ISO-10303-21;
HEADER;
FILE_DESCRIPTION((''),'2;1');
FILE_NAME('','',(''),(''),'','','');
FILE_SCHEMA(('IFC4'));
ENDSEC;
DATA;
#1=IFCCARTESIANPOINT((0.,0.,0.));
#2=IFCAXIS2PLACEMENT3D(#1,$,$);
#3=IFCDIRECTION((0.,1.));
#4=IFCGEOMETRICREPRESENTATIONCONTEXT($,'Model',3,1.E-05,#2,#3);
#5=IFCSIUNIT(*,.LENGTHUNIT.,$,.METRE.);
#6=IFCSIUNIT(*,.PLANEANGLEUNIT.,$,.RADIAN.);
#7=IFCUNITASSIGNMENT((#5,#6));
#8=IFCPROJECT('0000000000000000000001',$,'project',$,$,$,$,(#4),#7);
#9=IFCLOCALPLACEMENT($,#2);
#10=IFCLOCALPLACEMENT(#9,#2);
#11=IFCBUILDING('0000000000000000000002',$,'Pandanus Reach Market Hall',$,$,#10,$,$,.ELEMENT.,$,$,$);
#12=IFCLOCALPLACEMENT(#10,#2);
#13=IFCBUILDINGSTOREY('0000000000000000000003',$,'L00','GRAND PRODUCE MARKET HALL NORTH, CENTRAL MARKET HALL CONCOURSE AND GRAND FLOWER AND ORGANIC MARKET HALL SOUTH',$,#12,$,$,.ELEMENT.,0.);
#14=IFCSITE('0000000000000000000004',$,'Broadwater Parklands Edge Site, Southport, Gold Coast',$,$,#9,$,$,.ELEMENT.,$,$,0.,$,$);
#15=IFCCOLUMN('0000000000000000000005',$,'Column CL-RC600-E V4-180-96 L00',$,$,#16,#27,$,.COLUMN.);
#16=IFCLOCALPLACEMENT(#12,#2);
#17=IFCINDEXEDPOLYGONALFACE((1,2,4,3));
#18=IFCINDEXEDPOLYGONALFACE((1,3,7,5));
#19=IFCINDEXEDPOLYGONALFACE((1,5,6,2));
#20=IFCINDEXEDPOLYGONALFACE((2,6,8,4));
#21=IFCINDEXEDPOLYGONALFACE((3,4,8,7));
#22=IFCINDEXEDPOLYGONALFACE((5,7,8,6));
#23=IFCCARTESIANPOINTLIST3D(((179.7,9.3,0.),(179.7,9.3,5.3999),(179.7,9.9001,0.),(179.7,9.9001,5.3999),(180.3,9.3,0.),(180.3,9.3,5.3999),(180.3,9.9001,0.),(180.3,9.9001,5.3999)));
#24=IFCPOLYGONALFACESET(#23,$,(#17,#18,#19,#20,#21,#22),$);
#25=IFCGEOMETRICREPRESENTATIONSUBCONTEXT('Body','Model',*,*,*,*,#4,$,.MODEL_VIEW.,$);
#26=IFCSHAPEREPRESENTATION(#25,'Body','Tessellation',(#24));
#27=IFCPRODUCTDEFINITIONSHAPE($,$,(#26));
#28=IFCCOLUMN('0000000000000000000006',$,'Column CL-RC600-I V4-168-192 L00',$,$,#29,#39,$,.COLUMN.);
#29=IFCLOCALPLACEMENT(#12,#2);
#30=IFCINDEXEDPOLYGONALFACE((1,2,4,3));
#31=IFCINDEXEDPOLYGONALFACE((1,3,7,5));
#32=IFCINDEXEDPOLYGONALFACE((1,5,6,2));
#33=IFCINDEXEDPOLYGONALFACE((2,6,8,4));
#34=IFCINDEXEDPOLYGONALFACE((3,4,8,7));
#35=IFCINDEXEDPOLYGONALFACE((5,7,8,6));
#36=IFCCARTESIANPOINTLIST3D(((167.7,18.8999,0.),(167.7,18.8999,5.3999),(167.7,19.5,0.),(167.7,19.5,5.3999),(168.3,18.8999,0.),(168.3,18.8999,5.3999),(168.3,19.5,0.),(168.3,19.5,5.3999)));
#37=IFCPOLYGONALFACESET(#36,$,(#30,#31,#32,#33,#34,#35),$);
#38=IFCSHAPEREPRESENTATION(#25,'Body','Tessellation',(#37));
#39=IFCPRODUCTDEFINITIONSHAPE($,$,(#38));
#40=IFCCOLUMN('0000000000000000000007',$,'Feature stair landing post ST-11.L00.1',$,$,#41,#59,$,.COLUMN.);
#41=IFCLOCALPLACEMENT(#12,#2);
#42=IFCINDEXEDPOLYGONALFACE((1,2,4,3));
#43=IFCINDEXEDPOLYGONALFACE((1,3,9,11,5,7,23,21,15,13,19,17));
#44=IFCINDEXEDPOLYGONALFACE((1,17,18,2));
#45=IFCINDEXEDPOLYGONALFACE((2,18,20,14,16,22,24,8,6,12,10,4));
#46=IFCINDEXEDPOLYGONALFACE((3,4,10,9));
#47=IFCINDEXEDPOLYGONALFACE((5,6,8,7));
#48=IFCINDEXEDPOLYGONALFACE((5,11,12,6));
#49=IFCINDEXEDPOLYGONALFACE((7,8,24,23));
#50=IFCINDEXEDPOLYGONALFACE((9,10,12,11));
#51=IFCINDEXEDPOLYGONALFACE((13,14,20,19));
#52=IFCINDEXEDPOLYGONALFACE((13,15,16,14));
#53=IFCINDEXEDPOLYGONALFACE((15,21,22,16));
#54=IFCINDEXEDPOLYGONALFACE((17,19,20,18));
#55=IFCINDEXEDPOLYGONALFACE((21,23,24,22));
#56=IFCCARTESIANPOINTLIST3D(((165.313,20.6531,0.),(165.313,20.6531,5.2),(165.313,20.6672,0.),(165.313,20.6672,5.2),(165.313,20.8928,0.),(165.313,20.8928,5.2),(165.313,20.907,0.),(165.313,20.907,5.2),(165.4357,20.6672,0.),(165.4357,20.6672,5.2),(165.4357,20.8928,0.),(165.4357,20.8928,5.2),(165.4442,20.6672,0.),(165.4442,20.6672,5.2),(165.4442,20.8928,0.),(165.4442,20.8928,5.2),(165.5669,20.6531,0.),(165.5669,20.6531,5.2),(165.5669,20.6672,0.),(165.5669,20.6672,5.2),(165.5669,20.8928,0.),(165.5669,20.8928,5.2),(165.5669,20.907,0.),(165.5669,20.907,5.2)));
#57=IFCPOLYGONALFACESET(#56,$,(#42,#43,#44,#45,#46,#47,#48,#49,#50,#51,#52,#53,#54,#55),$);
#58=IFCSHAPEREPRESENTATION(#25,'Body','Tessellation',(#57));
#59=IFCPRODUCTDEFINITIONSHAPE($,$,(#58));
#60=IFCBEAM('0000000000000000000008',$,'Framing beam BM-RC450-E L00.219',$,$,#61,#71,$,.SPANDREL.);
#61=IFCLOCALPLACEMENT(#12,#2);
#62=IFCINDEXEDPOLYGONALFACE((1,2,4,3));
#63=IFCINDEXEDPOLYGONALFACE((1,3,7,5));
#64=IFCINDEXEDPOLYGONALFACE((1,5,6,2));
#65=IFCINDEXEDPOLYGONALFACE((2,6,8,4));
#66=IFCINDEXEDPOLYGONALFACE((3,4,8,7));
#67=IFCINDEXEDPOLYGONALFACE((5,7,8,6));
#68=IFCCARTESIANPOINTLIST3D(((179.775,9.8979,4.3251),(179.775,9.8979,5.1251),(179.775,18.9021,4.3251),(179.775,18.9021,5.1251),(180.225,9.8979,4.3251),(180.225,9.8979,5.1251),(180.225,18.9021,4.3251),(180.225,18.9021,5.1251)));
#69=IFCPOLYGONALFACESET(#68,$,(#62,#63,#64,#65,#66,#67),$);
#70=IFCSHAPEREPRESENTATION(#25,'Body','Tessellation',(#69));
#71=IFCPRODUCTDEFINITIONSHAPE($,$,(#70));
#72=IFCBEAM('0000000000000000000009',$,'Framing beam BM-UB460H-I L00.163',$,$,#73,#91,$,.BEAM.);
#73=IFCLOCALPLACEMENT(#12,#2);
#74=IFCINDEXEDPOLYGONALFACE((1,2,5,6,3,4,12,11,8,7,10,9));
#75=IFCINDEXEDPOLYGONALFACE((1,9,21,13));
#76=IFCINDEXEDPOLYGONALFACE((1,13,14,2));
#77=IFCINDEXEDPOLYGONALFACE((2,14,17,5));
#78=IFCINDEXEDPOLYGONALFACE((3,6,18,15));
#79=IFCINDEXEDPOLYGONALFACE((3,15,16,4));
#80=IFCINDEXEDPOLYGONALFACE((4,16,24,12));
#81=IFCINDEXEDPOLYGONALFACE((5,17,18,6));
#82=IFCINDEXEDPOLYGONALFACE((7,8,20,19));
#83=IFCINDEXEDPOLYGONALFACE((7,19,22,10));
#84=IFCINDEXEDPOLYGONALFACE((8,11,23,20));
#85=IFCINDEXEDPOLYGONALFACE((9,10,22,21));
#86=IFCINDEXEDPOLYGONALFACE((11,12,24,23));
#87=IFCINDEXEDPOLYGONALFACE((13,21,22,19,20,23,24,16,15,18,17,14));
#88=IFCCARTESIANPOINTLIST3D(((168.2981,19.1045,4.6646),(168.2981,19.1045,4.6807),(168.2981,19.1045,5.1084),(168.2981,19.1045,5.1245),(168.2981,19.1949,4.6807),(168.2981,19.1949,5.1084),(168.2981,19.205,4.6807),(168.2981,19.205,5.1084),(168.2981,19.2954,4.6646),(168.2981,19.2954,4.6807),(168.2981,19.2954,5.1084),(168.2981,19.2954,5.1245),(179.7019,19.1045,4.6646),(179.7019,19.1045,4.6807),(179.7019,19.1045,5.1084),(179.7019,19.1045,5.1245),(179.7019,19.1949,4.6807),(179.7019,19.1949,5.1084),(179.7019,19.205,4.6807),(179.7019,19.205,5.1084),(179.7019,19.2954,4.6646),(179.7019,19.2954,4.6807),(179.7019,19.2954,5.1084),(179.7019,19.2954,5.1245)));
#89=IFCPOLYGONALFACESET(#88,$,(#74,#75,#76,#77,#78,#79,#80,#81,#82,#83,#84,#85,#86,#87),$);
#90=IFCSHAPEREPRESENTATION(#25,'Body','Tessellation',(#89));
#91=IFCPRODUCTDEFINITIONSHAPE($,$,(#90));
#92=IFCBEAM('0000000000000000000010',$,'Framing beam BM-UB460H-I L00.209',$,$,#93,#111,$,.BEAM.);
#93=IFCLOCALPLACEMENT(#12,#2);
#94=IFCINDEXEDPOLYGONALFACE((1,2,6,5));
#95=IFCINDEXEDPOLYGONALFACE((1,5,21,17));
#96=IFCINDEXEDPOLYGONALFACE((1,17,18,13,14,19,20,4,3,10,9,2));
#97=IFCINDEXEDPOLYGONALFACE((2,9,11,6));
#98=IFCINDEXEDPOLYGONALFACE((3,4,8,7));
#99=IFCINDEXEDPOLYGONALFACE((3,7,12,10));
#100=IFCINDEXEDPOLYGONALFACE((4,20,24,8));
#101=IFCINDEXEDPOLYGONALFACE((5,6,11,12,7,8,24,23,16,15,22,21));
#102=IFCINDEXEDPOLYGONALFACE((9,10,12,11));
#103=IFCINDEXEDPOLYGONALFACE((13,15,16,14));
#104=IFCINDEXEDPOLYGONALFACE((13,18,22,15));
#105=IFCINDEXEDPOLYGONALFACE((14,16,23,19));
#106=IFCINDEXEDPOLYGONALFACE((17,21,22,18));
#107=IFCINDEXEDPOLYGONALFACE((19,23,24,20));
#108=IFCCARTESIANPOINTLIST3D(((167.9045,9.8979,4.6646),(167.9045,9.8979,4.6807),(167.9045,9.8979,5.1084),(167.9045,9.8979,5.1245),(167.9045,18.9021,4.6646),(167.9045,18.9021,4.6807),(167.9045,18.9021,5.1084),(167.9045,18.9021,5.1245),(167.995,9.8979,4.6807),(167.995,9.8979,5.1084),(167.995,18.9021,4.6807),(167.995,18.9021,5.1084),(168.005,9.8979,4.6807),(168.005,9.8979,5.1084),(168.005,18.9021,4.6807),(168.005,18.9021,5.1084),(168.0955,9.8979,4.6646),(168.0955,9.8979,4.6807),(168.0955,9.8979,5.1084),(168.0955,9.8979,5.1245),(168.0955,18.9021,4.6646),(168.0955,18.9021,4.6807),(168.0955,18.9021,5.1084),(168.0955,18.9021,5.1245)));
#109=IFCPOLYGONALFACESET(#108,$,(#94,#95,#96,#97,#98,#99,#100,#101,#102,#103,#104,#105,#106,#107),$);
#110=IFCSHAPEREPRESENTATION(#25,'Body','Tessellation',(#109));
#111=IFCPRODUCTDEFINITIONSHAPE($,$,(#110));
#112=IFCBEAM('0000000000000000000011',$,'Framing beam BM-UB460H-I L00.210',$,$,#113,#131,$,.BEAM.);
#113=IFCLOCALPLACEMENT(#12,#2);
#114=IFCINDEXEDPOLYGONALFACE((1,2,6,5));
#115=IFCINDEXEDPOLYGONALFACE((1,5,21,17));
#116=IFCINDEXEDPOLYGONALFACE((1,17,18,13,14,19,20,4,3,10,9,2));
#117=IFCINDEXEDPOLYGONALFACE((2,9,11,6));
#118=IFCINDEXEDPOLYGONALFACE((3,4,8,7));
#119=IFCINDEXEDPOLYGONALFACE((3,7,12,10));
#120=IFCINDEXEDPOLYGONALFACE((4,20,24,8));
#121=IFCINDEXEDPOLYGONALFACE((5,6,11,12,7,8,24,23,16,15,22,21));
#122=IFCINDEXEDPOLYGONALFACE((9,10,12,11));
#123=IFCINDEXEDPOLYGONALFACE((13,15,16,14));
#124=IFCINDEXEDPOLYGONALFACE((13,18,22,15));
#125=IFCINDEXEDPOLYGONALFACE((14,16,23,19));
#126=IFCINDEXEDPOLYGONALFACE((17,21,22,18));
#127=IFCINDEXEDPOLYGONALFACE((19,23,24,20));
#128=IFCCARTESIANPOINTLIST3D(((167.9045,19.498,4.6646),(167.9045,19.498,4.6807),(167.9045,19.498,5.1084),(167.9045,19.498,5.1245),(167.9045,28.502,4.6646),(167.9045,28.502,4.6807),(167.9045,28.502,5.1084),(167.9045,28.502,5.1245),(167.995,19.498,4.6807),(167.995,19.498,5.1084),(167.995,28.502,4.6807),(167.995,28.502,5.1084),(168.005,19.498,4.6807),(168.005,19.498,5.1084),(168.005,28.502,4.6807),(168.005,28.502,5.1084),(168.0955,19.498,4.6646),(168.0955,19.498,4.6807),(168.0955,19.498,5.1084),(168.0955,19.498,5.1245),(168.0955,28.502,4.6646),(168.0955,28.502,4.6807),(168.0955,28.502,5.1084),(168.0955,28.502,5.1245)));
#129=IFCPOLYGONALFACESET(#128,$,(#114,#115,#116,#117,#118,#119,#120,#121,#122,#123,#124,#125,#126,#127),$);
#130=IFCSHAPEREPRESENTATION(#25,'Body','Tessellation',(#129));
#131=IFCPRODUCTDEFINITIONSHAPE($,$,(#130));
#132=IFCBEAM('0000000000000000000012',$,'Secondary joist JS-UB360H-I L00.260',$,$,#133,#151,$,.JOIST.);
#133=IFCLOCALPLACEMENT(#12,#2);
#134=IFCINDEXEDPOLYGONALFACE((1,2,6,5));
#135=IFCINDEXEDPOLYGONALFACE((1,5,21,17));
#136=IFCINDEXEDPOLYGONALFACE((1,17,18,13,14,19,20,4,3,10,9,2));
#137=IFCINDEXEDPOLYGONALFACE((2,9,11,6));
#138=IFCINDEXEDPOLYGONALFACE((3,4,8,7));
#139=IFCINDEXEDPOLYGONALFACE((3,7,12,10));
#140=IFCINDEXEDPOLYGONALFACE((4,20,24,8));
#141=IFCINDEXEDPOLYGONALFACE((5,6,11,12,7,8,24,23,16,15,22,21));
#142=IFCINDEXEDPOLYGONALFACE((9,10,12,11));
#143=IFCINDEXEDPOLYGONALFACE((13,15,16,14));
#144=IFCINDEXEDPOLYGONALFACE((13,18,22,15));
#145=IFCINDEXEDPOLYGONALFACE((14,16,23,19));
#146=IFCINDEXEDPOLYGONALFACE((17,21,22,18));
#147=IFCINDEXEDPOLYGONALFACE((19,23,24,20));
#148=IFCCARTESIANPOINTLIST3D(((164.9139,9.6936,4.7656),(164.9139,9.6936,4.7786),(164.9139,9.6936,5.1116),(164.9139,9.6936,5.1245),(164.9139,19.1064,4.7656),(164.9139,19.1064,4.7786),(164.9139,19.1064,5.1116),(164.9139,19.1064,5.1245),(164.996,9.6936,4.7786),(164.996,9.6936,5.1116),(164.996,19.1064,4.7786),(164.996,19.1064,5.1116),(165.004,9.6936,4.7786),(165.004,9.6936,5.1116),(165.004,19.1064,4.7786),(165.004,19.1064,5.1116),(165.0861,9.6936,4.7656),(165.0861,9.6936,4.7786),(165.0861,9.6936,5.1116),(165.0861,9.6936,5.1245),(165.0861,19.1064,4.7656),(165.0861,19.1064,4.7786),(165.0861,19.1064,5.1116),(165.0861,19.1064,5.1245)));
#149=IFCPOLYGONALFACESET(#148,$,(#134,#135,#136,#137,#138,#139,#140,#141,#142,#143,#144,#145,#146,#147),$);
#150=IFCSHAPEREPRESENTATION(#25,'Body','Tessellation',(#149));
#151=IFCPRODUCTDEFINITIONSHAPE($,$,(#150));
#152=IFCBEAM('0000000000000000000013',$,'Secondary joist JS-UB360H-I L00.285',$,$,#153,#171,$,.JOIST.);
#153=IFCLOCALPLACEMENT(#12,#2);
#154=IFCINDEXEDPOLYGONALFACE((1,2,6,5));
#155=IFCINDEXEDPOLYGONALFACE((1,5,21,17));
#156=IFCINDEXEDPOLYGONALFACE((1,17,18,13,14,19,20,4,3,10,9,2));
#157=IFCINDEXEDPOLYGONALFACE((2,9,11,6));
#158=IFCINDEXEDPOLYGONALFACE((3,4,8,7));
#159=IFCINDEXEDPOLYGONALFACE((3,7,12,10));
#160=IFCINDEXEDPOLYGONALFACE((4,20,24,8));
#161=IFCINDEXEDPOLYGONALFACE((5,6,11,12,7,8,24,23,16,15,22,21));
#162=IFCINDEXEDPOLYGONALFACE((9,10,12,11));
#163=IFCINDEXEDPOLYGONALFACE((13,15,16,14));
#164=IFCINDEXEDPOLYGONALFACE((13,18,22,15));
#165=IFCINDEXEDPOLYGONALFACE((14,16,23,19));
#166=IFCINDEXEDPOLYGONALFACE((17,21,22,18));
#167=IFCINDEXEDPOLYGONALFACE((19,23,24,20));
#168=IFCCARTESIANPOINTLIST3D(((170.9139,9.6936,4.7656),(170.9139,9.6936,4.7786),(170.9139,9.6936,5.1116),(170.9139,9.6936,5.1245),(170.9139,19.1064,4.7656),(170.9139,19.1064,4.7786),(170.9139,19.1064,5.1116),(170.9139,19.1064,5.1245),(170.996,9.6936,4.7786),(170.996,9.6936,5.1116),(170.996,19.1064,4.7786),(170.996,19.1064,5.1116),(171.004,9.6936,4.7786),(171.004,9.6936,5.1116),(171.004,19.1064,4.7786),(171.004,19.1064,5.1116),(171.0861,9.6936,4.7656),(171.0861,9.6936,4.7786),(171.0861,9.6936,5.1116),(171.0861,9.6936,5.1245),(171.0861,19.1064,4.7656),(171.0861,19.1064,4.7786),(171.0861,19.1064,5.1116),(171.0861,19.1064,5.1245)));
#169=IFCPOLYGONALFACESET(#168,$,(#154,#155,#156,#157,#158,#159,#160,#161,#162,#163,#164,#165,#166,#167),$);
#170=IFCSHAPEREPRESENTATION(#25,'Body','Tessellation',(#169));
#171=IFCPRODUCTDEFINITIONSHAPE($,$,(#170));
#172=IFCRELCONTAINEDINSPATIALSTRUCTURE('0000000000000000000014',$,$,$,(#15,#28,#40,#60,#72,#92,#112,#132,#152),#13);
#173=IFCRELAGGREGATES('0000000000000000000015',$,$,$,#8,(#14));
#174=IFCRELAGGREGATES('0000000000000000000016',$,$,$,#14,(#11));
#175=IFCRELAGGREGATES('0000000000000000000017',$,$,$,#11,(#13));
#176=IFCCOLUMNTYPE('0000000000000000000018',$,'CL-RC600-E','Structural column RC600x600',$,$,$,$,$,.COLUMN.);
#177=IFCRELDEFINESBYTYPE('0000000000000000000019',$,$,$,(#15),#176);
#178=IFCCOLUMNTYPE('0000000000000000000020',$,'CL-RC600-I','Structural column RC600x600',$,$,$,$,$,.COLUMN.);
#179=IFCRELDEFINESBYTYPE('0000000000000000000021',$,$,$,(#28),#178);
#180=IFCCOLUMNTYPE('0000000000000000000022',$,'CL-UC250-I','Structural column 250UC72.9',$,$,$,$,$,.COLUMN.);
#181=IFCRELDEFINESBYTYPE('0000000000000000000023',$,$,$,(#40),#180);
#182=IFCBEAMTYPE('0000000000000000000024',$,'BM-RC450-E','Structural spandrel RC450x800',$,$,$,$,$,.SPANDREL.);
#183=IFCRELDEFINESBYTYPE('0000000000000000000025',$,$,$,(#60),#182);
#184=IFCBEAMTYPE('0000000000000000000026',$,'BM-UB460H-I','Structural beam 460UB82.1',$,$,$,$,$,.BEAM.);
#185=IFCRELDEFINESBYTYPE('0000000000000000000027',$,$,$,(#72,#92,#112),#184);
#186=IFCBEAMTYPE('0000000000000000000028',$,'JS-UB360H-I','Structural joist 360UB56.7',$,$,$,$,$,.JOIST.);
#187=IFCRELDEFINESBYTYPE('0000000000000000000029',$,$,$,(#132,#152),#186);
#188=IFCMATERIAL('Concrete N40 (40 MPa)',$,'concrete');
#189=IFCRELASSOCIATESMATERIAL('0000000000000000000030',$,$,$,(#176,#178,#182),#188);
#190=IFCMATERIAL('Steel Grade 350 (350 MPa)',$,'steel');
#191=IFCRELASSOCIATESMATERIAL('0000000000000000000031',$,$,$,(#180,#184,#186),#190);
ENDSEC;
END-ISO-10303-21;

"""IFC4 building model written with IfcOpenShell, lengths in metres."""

from ifc_helpers import new_model, si_unit, direction, frame, origin, origin_2d, place, context, subcontext, project, spatial, rectangle, i_section, extrude, material, material_profile, profile_set, type_object, element, save


model = new_model("IFC4")

# Units and contexts
model_context = context("Model", 3, precision=1e-05, world=origin(), true_north=direction((0.0, 1.0)))
body_context = subcontext(model_context, "Body", "Model", "MODEL_VIEW")
ifc_project = project(units=[si_unit("LENGTHUNIT", "METRE"), si_unit("PLANEANGLEUNIT", "RADIAN")], contexts=[model_context])

# Site, building, storey
site_placement = place(None, origin())
site = spatial("IfcSite", under=ifc_project, at=site_placement, Name="Broadwater Parklands Edge Site, Southport, Gold Coast", CompositionType="ELEMENT", RefElevation=0.0)
building_placement = place(site_placement, origin())
building = spatial("IfcBuilding", under=site, at=building_placement, Name="Pandanus Reach Market Hall", CompositionType="ELEMENT")
storey_placement = place(building_placement, origin())
storey = spatial("IfcBuildingStorey", under=building, at=storey_placement, Name="L00", Description="GRAND PRODUCE MARKET HALL NORTH, CENTRAL MARKET HALL CONCOURSE AND GRAND FLOWER AND ORGANIC MARKET HALL SOUTH", CompositionType="ELEMENT", Elevation=0.0)

# Columns
ifc_material_1 = material(Name="Concrete N40 (40 MPa)", Category="concrete")
ifc_material_profile_1 = material_profile(ifc_material_1, rectangle(XDim=0.6001, YDim=0.6001, at=origin_2d()), Name="RC600x600", Category="LoadBearing")
ifc_profile_set_1 = profile_set([ifc_material_profile_1], Name="Concrete N40 (40 MPa)")
column_type_1 = type_object("IfcColumnType", Name="CL-RC600-E", Description="Structural column RC600x600", PredefinedType="COLUMN", material=ifc_profile_set_1)
column_1_placement = place(storey_placement, frame((180.0, 9.6001, 0.0), z_axis=(0.0, 0.0, 1.0), x_axis=(1.0, 0.0, 0.0)))
element("IfcColumn", 1, at=column_1_placement, inside=storey, type_object=column_type_1, Name="Column CL-RC600-E V4-180-96 L00", PredefinedType="COLUMN", context=body_context, shape_type="SweptSolid", body=[
    extrude(rectangle(XDim=0.6001, YDim=0.6001, at=origin_2d()), origin(), (0.0, 0.0, 1.0), 5.3999),
])
ifc_material_profile_2 = material_profile(ifc_material_1, rectangle(XDim=0.6001, YDim=0.6001, at=origin_2d()), Name="RC600x600", Category="LoadBearing")
ifc_profile_set_2 = profile_set([ifc_material_profile_2], Name="Concrete N40 (40 MPa)")
column_type_2 = type_object("IfcColumnType", Name="CL-RC600-I", Description="Structural column RC600x600", PredefinedType="COLUMN", material=ifc_profile_set_2)
column_2_placement = place(storey_placement, frame((168.0, 19.2, 0.0), z_axis=(0.0, 0.0, 1.0), x_axis=(1.0, 0.0, 0.0)))
element("IfcColumn", 2, at=column_2_placement, inside=storey, type_object=column_type_2, Name="Column CL-RC600-I V4-168-192 L00", PredefinedType="COLUMN", context=body_context, shape_type="SweptSolid", body=[
    extrude(rectangle(XDim=0.6001, YDim=0.6001, at=origin_2d()), origin(), (0.0, 0.0, 1.0), 5.3999),
])
ifc_material_2 = material(Name="Steel Grade 350 (350 MPa)", Category="steel")
ifc_material_profile_3 = material_profile(ifc_material_2, i_section(OverallWidth=0.2539, OverallDepth=0.2539, WebThickness=0.0085, FlangeThickness=0.0142, at=origin_2d()), Name="250UC72.9", Category="LoadBearing")
ifc_profile_set_3 = profile_set([ifc_material_profile_3], Name="Steel Grade 350 (350 MPa)")
column_type_3 = type_object("IfcColumnType", Name="CL-UC250-I", Description="Structural column 250UC72.9", PredefinedType="COLUMN", material=ifc_profile_set_3)
column_3_placement = place(storey_placement, frame((165.4399, 20.78, 0.0), z_axis=(0.0, 0.0, 1.0), x_axis=(1.0, 0.0, 0.0)))
element("IfcColumn", 3, at=column_3_placement, inside=storey, type_object=column_type_3, Name="Feature stair landing post ST-11.L00.1", PredefinedType="COLUMN", context=body_context, shape_type="SweptSolid", body=[
    extrude(i_section(OverallWidth=0.2539, OverallDepth=0.2539, WebThickness=0.0085, FlangeThickness=0.0142, at=origin_2d()), origin(), (0.0, 0.0, 1.0), 5.2),
])

# Beams
ifc_material_profile_4 = material_profile(ifc_material_1, rectangle(XDim=0.45, YDim=0.8, at=origin_2d()), Name="RC450x800", Category="LoadBearing")
ifc_profile_set_4 = profile_set([ifc_material_profile_4], Name="Concrete N40 (40 MPa)")
beam_type_1 = type_object("IfcBeamType", Name="BM-RC450-E", Description="Structural spandrel RC450x800", PredefinedType="SPANDREL", material=ifc_profile_set_4)
beam_1_placement = place(storey_placement, frame((180.0, 9.8979, 4.7251), z_axis=(0.0, 1.0, 0.0), x_axis=(-1.0, 0.0, 0.0)))
element("IfcBeam", 4, at=beam_1_placement, inside=storey, type_object=beam_type_1, Name="Framing beam BM-RC450-E L00.219", PredefinedType="SPANDREL", context=body_context, shape_type="SweptSolid", body=[
    extrude(rectangle(XDim=0.45, YDim=0.8, at=origin_2d()), origin(), (0.0, 0.0, 1.0), 9.0042),
])
ifc_material_profile_5 = material_profile(ifc_material_2, i_section(OverallWidth=0.1909, OverallDepth=0.46, WebThickness=0.01, FlangeThickness=0.0161, at=origin_2d()), Name="460UB82.1", Category="LoadBearing")
ifc_profile_set_5 = profile_set([ifc_material_profile_5], Name="Steel Grade 350 (350 MPa)")
beam_type_2 = type_object("IfcBeamType", Name="BM-UB460H-I", Description="Structural beam 460UB82.1", PredefinedType="BEAM", material=ifc_profile_set_5)
beam_2_placement = place(storey_placement, frame((168.2981, 19.2, 4.8945), z_axis=(1.0, 0.0, 0.0), x_axis=(0.0, 1.0, 0.0)))
element("IfcBeam", 5, at=beam_2_placement, inside=storey, type_object=beam_type_2, Name="Framing beam BM-UB460H-I L00.163", PredefinedType="BEAM", context=body_context, shape_type="SweptSolid", body=[
    extrude(i_section(OverallWidth=0.1909, OverallDepth=0.46, WebThickness=0.01, FlangeThickness=0.0161, at=origin_2d()), origin(), (0.0, 0.0, 1.0), 11.4038),
])
beam_3_placement = place(storey_placement, frame((168.0, 9.8979, 4.8945), z_axis=(0.0, 1.0, 0.0), x_axis=(-1.0, 0.0, 0.0)))
element("IfcBeam", 6, at=beam_3_placement, inside=storey, type_object=beam_type_2, Name="Framing beam BM-UB460H-I L00.209", PredefinedType="BEAM", context=body_context, shape_type="SweptSolid", body=[
    extrude(i_section(OverallWidth=0.1909, OverallDepth=0.46, WebThickness=0.01, FlangeThickness=0.0161, at=origin_2d()), origin(), (0.0, 0.0, 1.0), 9.0042),
])
beam_4_placement = place(storey_placement, frame((168.0, 19.498, 4.8945), z_axis=(0.0, 1.0, 0.0), x_axis=(-1.0, 0.0, 0.0)))
element("IfcBeam", 7, at=beam_4_placement, inside=storey, type_object=beam_type_2, Name="Framing beam BM-UB460H-I L00.210", PredefinedType="BEAM", context=body_context, shape_type="SweptSolid", body=[
    extrude(i_section(OverallWidth=0.1909, OverallDepth=0.46, WebThickness=0.01, FlangeThickness=0.0161, at=origin_2d()), origin(), (0.0, 0.0, 1.0), 9.0039),
])
ifc_material_profile_6 = material_profile(ifc_material_2, i_section(OverallWidth=0.1721, OverallDepth=0.3589, WebThickness=0.0081, FlangeThickness=0.0129, at=origin_2d()), Name="360UB56.7", Category="LoadBearing")
ifc_profile_set_6 = profile_set([ifc_material_profile_6], Name="Steel Grade 350 (350 MPa)")
beam_type_3 = type_object("IfcBeamType", Name="JS-UB360H-I", Description="Structural joist 360UB56.7", PredefinedType="JOIST", material=ifc_profile_set_6)
for number, where, z_axis, x_axis, name in (
    (8, (165.0, 9.6936, 4.9451), (0.0, 1.0, 0.0), (-1.0, 0.0, 0.0), "Secondary joist JS-UB360H-I L00.260"),
    (9, (171.0, 9.6936, 4.9451), (0.0, 1.0, 0.0), (-1.0, 0.0, 0.0), "Secondary joist JS-UB360H-I L00.285"),
):
    element("IfcBeam", number, at=place(storey_placement, frame(where, z_axis=z_axis, x_axis=x_axis)), inside=storey, type_object=beam_type_3, Name=name, PredefinedType="JOIST", context=body_context, shape_type="SweptSolid", body=[
        extrude(i_section(OverallWidth=0.1721, OverallDepth=0.3589, WebThickness=0.0081, FlangeThickness=0.0129, at=origin_2d()), origin(), (0.0, 0.0, 1.0), 9.4128),
    ])

save(model, "model.ifc")
